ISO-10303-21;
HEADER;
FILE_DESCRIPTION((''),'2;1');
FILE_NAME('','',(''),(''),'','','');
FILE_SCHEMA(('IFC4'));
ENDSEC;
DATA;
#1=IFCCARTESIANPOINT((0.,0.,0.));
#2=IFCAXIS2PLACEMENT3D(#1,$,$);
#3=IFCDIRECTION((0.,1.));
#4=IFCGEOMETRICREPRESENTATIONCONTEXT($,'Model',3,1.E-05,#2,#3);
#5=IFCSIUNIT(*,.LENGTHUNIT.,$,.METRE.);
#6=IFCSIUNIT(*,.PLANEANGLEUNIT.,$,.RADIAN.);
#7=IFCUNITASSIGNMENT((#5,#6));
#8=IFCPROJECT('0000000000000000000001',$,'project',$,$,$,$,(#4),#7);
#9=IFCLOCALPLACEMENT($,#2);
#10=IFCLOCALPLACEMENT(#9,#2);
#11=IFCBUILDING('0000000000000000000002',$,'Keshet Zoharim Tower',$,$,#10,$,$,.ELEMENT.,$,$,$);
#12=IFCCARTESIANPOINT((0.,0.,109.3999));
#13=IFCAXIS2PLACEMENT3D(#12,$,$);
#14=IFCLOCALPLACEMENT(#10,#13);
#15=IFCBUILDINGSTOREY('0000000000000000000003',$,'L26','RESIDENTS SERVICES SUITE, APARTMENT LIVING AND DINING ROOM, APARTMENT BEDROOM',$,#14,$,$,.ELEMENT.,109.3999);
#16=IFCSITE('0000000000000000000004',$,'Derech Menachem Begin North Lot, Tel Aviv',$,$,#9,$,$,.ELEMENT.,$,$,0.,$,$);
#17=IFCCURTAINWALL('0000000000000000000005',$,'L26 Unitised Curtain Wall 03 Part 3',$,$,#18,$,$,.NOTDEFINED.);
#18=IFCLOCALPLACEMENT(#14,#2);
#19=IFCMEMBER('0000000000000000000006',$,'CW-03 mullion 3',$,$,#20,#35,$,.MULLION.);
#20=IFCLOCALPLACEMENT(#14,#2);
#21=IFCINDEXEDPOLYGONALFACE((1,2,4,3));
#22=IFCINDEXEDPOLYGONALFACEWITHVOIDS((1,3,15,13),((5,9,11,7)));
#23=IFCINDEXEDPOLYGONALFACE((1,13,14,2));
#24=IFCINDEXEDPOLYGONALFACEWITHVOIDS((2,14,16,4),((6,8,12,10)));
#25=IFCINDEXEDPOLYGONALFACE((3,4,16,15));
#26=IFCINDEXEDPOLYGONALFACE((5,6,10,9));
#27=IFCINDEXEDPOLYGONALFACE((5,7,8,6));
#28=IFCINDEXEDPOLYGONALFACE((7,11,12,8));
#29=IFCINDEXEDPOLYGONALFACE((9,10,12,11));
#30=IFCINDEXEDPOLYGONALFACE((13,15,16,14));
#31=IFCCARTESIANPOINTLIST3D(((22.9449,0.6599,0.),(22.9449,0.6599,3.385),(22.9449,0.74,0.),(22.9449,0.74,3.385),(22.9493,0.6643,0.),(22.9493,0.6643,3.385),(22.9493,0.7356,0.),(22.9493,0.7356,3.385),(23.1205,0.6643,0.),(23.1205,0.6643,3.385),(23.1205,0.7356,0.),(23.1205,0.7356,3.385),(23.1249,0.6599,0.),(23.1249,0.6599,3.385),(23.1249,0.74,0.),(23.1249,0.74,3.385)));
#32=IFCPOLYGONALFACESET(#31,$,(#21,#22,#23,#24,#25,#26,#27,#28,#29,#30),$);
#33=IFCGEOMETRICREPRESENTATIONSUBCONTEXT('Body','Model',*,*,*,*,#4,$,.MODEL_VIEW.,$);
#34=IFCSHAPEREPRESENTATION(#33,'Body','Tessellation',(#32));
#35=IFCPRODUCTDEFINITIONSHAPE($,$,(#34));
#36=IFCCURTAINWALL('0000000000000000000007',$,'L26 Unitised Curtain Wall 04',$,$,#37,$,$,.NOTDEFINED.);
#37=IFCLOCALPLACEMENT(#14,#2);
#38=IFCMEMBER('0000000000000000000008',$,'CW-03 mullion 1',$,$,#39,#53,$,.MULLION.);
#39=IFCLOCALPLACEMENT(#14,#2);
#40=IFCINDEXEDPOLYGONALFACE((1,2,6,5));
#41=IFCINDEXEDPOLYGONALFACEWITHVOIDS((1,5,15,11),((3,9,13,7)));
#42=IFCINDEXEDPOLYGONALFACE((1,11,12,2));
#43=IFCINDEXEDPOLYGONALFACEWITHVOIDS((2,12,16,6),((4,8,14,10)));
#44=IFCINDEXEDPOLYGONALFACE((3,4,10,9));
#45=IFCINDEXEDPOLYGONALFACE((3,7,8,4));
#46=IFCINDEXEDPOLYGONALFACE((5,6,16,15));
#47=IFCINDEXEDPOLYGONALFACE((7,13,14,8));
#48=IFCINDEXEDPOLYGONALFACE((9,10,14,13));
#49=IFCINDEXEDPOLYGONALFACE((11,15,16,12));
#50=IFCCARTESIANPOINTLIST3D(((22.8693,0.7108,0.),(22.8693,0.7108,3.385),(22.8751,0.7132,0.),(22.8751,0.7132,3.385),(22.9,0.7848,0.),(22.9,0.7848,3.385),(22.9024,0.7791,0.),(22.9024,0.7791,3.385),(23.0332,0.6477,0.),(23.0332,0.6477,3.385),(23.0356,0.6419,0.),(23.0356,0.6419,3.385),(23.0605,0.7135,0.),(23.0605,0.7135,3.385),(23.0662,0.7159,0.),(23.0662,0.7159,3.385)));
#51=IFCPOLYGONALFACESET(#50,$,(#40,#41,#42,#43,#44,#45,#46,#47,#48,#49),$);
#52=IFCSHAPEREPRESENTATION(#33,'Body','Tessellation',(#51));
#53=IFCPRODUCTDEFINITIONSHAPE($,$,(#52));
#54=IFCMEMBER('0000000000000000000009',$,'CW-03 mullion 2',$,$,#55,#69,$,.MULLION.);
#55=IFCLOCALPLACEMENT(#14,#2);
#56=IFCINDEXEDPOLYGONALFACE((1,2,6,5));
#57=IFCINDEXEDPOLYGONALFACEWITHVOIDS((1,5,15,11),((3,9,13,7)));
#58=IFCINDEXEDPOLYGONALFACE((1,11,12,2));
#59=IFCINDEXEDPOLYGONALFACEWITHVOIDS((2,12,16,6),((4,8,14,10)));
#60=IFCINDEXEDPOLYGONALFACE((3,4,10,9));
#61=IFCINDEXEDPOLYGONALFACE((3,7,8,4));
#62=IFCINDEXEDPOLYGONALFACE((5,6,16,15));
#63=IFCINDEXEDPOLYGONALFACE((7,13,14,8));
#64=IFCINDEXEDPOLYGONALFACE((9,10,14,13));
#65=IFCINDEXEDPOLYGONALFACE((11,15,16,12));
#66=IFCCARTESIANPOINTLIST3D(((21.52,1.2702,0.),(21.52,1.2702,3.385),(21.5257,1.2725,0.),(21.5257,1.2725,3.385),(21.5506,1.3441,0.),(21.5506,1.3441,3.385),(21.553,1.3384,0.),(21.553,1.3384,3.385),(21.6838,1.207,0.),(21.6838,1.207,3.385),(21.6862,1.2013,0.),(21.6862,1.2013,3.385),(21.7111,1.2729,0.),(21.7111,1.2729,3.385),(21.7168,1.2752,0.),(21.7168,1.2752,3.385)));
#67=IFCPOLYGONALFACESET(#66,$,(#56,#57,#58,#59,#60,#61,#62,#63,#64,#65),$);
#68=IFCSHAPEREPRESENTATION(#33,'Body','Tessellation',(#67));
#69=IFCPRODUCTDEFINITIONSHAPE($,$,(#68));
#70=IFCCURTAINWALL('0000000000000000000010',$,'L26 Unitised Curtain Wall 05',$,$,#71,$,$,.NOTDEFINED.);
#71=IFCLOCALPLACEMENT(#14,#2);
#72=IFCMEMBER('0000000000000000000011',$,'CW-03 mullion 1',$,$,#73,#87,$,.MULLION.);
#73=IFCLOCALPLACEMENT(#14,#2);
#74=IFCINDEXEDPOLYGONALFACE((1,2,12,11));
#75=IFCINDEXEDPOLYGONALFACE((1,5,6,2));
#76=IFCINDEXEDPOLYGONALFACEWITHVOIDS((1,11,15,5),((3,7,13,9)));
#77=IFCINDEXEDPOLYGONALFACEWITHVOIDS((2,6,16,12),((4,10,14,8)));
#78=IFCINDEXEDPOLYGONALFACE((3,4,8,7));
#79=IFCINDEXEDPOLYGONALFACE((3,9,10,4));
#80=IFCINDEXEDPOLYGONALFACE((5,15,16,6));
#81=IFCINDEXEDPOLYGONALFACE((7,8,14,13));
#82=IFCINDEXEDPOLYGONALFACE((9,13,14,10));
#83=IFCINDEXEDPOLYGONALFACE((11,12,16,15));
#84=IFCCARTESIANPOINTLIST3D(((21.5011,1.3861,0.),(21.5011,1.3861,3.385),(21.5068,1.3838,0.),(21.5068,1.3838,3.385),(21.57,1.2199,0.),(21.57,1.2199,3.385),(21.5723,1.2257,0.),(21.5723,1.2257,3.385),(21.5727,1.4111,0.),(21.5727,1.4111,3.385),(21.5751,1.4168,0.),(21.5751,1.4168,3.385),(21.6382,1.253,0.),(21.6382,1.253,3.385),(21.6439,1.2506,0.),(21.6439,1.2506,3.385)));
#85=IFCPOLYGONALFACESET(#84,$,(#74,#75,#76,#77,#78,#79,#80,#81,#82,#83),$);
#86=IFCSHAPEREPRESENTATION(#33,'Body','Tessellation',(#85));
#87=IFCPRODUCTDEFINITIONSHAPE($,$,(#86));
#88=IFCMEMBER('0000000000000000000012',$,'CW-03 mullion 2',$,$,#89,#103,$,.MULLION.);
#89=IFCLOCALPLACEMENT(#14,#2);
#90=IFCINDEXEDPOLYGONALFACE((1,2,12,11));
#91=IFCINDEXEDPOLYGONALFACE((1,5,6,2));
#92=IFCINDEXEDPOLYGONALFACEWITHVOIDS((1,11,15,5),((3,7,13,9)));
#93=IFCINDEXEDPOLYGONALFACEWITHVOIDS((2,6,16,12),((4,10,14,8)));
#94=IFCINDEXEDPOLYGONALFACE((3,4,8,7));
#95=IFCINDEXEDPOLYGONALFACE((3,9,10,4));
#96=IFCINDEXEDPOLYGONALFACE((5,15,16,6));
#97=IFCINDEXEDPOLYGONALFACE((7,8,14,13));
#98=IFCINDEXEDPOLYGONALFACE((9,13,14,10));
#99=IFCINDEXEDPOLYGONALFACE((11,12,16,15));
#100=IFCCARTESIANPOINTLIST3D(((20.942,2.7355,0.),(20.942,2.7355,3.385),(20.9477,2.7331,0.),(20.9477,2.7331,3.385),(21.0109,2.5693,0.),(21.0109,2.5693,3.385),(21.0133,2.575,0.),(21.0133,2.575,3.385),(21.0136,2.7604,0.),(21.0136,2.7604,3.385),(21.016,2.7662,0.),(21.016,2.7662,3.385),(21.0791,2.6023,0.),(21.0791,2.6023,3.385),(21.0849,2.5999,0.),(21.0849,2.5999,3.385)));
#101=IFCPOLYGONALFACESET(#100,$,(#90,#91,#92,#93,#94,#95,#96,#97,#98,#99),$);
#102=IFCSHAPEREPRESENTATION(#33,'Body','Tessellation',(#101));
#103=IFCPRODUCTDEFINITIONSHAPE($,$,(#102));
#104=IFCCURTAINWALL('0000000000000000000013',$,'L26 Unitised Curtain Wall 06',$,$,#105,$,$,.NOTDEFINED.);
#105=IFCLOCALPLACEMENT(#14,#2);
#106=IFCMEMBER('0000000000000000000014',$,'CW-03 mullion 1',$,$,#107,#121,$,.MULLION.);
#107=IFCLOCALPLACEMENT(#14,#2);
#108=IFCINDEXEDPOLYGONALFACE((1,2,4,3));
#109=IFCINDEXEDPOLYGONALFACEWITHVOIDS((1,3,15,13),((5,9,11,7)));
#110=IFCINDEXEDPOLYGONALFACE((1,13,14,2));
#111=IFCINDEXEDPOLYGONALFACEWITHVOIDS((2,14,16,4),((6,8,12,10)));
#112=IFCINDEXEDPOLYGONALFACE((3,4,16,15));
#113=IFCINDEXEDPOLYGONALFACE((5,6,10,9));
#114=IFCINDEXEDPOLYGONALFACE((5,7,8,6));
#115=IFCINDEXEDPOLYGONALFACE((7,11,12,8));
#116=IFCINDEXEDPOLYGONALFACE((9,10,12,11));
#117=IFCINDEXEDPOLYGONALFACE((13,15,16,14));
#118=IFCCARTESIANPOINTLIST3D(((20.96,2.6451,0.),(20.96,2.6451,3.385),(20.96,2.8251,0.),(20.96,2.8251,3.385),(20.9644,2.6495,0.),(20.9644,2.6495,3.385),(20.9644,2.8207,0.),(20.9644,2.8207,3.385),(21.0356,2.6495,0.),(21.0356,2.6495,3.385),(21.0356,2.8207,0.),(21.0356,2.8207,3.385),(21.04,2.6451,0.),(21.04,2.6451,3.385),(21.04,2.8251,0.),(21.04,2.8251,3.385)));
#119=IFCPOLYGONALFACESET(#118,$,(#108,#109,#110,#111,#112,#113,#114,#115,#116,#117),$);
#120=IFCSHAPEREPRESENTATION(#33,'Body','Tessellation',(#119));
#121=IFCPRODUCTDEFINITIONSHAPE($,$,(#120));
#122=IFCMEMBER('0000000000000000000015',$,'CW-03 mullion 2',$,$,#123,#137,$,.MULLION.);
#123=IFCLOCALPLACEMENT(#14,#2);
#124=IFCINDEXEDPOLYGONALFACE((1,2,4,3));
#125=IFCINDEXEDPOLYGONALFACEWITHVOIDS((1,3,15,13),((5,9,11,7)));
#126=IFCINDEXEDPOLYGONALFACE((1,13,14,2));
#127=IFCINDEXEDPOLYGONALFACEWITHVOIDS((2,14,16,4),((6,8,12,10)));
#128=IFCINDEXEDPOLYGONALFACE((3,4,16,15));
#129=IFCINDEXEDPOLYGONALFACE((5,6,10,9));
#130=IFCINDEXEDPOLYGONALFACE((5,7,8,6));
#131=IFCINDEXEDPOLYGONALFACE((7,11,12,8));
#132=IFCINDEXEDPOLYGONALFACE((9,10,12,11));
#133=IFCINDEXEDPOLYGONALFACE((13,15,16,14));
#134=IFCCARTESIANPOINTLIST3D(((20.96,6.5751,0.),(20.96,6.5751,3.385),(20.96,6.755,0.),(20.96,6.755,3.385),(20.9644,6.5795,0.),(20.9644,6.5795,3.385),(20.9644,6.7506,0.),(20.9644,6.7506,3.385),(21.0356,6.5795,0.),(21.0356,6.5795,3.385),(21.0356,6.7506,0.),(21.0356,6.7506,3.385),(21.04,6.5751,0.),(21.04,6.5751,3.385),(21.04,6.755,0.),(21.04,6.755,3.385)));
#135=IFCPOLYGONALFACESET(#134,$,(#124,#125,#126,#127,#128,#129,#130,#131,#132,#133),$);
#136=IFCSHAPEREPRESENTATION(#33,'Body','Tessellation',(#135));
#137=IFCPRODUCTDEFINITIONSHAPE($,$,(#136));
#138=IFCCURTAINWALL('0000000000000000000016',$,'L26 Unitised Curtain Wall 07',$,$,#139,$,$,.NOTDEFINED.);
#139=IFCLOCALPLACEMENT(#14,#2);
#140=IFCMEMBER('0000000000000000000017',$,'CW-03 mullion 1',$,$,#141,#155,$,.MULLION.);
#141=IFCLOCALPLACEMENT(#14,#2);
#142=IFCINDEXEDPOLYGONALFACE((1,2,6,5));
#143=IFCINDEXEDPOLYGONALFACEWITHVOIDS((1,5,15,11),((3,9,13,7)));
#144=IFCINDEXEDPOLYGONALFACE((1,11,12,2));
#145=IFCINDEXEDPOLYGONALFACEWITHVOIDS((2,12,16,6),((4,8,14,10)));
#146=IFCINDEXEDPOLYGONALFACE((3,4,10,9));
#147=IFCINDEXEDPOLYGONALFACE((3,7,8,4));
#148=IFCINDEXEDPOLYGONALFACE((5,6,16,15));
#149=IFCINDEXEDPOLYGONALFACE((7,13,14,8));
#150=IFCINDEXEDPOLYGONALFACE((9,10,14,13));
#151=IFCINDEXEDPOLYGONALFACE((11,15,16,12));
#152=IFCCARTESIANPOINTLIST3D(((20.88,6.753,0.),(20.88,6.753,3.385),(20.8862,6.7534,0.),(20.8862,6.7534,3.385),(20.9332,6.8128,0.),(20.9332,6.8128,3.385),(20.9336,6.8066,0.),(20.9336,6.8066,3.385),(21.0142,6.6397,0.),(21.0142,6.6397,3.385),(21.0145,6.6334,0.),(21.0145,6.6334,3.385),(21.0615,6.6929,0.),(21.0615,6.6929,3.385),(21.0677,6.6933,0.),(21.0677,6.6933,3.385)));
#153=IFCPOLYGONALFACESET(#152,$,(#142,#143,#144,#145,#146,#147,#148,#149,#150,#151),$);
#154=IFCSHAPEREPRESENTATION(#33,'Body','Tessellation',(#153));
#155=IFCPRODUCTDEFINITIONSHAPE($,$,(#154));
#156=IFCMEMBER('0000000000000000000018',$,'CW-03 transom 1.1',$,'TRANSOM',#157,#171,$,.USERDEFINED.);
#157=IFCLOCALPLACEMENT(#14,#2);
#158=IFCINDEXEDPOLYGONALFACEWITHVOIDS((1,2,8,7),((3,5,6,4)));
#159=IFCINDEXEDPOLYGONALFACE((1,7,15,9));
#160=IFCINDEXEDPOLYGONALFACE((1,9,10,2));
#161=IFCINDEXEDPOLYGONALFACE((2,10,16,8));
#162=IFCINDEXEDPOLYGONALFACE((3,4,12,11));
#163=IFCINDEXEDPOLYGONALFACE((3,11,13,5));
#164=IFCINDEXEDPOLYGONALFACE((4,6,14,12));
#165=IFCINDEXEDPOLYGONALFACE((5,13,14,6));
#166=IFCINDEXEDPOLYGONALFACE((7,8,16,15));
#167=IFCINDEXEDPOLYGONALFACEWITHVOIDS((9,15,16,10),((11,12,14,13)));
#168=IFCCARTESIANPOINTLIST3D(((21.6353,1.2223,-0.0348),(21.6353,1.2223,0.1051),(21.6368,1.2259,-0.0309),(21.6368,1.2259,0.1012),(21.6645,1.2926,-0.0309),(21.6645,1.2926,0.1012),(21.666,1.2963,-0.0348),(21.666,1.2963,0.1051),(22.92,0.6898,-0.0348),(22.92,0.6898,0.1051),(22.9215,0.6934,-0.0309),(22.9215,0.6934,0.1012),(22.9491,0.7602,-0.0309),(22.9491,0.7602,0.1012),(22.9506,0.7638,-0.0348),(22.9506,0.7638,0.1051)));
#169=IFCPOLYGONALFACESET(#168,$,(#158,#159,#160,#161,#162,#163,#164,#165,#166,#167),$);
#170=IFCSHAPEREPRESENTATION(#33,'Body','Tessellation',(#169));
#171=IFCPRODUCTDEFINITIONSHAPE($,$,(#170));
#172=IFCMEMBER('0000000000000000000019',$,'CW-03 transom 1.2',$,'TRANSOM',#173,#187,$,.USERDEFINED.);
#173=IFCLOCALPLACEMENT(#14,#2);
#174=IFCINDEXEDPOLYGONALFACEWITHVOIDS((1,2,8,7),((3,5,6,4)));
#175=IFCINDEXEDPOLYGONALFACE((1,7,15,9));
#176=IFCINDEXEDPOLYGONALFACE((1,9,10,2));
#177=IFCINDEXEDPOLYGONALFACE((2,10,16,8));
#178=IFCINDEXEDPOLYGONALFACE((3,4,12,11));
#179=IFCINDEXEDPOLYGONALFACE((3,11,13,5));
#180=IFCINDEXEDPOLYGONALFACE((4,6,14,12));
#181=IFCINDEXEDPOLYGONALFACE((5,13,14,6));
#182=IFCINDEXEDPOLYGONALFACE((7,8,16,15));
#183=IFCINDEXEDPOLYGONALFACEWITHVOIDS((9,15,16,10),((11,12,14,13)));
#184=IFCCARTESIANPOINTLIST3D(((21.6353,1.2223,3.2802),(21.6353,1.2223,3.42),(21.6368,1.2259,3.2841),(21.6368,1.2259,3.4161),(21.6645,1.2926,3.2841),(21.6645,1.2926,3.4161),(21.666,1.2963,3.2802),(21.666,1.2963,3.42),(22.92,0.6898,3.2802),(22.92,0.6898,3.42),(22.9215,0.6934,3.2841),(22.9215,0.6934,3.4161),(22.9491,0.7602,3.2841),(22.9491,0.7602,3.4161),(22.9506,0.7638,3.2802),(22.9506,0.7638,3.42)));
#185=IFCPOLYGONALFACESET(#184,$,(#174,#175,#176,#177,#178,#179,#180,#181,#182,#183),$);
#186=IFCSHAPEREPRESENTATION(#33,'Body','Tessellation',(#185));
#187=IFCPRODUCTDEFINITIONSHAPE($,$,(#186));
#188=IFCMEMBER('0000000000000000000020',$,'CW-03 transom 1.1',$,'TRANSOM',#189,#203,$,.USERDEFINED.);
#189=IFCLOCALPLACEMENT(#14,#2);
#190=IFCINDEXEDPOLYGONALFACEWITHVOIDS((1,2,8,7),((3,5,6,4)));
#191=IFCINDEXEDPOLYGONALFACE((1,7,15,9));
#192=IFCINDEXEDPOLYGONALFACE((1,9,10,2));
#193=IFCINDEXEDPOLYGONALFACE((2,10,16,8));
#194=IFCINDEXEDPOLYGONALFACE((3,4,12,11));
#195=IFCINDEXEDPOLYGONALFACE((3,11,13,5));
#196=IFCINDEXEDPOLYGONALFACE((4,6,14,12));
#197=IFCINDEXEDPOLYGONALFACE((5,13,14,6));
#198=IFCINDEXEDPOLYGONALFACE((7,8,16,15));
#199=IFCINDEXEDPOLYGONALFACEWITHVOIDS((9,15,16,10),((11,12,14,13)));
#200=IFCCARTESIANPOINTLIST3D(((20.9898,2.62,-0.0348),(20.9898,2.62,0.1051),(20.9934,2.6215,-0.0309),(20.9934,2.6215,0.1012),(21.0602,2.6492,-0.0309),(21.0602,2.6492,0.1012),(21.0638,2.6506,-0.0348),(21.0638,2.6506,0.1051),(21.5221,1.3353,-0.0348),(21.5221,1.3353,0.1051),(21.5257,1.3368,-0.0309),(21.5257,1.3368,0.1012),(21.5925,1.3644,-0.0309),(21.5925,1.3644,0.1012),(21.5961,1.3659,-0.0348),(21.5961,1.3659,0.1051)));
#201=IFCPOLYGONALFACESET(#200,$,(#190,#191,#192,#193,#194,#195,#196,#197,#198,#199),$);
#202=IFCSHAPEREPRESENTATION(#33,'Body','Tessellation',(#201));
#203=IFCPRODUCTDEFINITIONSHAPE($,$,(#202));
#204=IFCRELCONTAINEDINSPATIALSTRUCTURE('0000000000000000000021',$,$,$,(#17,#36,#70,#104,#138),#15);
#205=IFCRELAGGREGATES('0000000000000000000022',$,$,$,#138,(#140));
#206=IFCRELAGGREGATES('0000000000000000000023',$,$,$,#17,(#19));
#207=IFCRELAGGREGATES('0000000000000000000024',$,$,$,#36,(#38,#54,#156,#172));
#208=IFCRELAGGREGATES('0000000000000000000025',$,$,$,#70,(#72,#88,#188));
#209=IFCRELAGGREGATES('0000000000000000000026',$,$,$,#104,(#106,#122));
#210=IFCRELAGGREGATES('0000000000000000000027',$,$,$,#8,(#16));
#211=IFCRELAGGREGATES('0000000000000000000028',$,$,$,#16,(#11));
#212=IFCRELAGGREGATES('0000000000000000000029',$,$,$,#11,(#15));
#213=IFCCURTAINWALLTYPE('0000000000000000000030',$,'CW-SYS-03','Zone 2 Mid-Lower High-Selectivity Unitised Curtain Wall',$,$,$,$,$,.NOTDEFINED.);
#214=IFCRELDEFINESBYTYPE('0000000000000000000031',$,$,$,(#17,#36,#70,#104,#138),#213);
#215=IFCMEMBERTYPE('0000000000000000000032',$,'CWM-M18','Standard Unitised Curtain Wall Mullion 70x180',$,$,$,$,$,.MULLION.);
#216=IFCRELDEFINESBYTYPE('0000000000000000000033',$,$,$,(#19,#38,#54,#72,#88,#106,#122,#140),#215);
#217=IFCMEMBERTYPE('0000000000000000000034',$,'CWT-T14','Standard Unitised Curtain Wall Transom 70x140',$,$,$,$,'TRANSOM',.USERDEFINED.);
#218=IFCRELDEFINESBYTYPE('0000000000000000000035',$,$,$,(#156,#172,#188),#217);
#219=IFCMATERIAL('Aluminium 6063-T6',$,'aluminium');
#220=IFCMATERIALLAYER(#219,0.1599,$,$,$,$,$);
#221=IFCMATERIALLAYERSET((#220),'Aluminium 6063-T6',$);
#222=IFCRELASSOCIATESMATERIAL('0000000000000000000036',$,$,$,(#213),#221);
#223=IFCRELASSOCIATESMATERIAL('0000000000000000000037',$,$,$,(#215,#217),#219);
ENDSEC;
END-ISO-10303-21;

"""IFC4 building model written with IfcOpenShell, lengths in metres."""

from ifc_helpers import new_model, si_unit, direction, frame, origin, origin_2d, place, context, subcontext, project, spatial, hollow_rectangle, extrude, material, layer, layer_set, material_profile, profile_set, type_object, element, aggregate, save


model = new_model("IFC4")

# Units and contexts
model_context = context("Model", 3, precision=1e-05, world=origin(), true_north=direction((0.0, 1.0)))
body_context = subcontext(model_context, "Body", "Model", "MODEL_VIEW")
ifc_project = project(units=[si_unit("LENGTHUNIT", "METRE"), si_unit("PLANEANGLEUNIT", "RADIAN")], contexts=[model_context])

# Site, building, storey
site_placement = place(None, origin())
site = spatial("IfcSite", under=ifc_project, at=site_placement, Name="Derech Menachem Begin North Lot, Tel Aviv", CompositionType="ELEMENT", RefElevation=0.0)
building_placement = place(site_placement, origin())
building = spatial("IfcBuilding", under=site, at=building_placement, Name="Keshet Zoharim Tower", CompositionType="ELEMENT")
storey_placement = place(building_placement, frame((0.0, 0.0, 109.3999)))
storey = spatial("IfcBuildingStorey", under=building, at=storey_placement, Name="L26", Description="RESIDENTS SERVICES SUITE, APARTMENT LIVING AND DINING ROOM, APARTMENT BEDROOM", CompositionType="ELEMENT", Elevation=109.3999)

# Curtain wall, member
ifc_material_1 = material(Name="Aluminium 6063-T6", Category="aluminium")
ifc_layer_1 = layer(ifc_material_1, 0.1599)
ifc_layer_set_1 = layer_set([ifc_layer_1], Name="Aluminium 6063-T6")
curtain_wall_type = type_object("IfcCurtainWallType", Name="CW-SYS-03", Description="Zone 2 Mid-Lower High-Selectivity Unitised Curtain Wall", PredefinedType="NOTDEFINED", material=ifc_layer_set_1)
curtain_wall_1_placement = place(storey_placement, origin())
curtain_wall_1 = element("IfcCurtainWall", 1, at=curtain_wall_1_placement, inside=storey, type_object=curtain_wall_type, Name="L26 Unitised Curtain Wall 03 Part 3", PredefinedType="NOTDEFINED")
ifc_material_profile_1 = material_profile(ifc_material_1, hollow_rectangle(XDim=0.0801, YDim=0.1799, WallThickness=0.0044, at=origin_2d()), Name="MUL-80x180")
ifc_profile_set_1 = profile_set([ifc_material_profile_1], Name="Aluminium 6063-T6")
member_type_1 = type_object("IfcMemberType", Name="CWM-M18", Description="Standard Unitised Curtain Wall Mullion 70x180", PredefinedType="MULLION", material=ifc_profile_set_1)
member_1_placement = place(storey_placement, frame((23.0349, 0.7, 0.0), z_axis=(0.0, 0.0, 1.0), x_axis=(0.0, -1.0, 0.0)))
member_1 = element("IfcMember", 2, at=member_1_placement, type_object=member_type_1, Name="CW-03 mullion 3", PredefinedType="MULLION", context=body_context, shape_type="SweptSolid", body=[
    extrude(hollow_rectangle(XDim=0.0801, YDim=0.1799, WallThickness=0.0044, at=origin_2d()), origin(), (0.0, 0.0, 1.0), 3.385),
])

# Curtain walls, members
curtain_wall_2_placement = place(storey_placement, origin())
curtain_wall_2 = element("IfcCurtainWall", 3, at=curtain_wall_2_placement, inside=storey, type_object=curtain_wall_type, Name="L26 Unitised Curtain Wall 04", PredefinedType="NOTDEFINED")
member_2_placement = place(storey_placement, frame((22.9678, 0.7134, 0.0), z_axis=(0.0, 0.0, 1.0), x_axis=(-0.382852, -0.92381, 0.0)))
member_2 = element("IfcMember", 4, at=member_2_placement, type_object=member_type_1, Name="CW-03 mullion 1", PredefinedType="MULLION", context=body_context, shape_type="SweptSolid", body=[
    extrude(hollow_rectangle(XDim=0.0801, YDim=0.1799, WallThickness=0.0044, at=origin_2d()), origin(), (0.0, 0.0, 1.0), 3.385),
])
member_3_placement = place(storey_placement, frame((21.6184, 1.2727, 0.0), z_axis=(0.0, 0.0, 1.0), x_axis=(-0.382852, -0.92381, 0.0)))
member_3 = element("IfcMember", 5, at=member_3_placement, type_object=member_type_1, Name="CW-03 mullion 2", PredefinedType="MULLION", context=body_context, shape_type="SweptSolid", body=[
    extrude(hollow_rectangle(XDim=0.0801, YDim=0.1799, WallThickness=0.0044, at=origin_2d()), origin(), (0.0, 0.0, 1.0), 3.385),
])
curtain_wall_3_placement = place(storey_placement, origin())
curtain_wall_3 = element("IfcCurtainWall", 6, at=curtain_wall_3_placement, inside=storey, type_object=curtain_wall_type, Name="L26 Unitised Curtain Wall 05", PredefinedType="NOTDEFINED")
member_4_placement = place(storey_placement, frame((21.5725, 1.3184, 0.0), z_axis=(0.0, 0.0, 1.0), x_axis=(-0.92381, -0.382852, 0.0)))
member_4 = element("IfcMember", 7, at=member_4_placement, type_object=member_type_1, Name="CW-03 mullion 1", PredefinedType="MULLION", context=body_context, shape_type="SweptSolid", body=[
    extrude(hollow_rectangle(XDim=0.0801, YDim=0.1799, WallThickness=0.0044, at=origin_2d()), origin(), (0.0, 0.0, 1.0), 3.385),
])
member_5_placement = place(storey_placement, frame((21.0134, 2.6677, 0.0), z_axis=(0.0, 0.0, 1.0), x_axis=(-0.92381, -0.382852, 0.0)))
member_5 = element("IfcMember", 8, at=member_5_placement, type_object=member_type_1, Name="CW-03 mullion 2", PredefinedType="MULLION", context=body_context, shape_type="SweptSolid", body=[
    extrude(hollow_rectangle(XDim=0.0801, YDim=0.1799, WallThickness=0.0044, at=origin_2d()), origin(), (0.0, 0.0, 1.0), 3.385),
])
curtain_wall_4_placement = place(storey_placement, origin())
curtain_wall_4 = element("IfcCurtainWall", 9, at=curtain_wall_4_placement, inside=storey, type_object=curtain_wall_type, Name="L26 Unitised Curtain Wall 06", PredefinedType="NOTDEFINED")
member_6_placement = place(storey_placement, frame((21.0, 2.7351, 0.0), z_axis=(0.0, 0.0, 1.0), x_axis=(-1.0, 0.0, 0.0)))
member_6 = element("IfcMember", 10, at=member_6_placement, type_object=member_type_1, Name="CW-03 mullion 1", PredefinedType="MULLION", context=body_context, shape_type="SweptSolid", body=[
    extrude(hollow_rectangle(XDim=0.0801, YDim=0.1799, WallThickness=0.0044, at=origin_2d()), origin(), (0.0, 0.0, 1.0), 3.385),
])
member_7_placement = place(storey_placement, frame((21.0, 6.665, 0.0), z_axis=(0.0, 0.0, 1.0), x_axis=(-1.0, 0.0, 0.0)))
member_7 = element("IfcMember", 11, at=member_7_placement, type_object=member_type_1, Name="CW-03 mullion 2", PredefinedType="MULLION", context=body_context, shape_type="SweptSolid", body=[
    extrude(hollow_rectangle(XDim=0.0801, YDim=0.1799, WallThickness=0.0044, at=origin_2d()), origin(), (0.0, 0.0, 1.0), 3.385),
])

# Curtain wall, member
curtain_wall_5_placement = place(storey_placement, origin())
curtain_wall_5 = element("IfcCurtainWall", 12, at=curtain_wall_5_placement, inside=storey, type_object=curtain_wall_type, Name="L26 Unitised Curtain Wall 07", PredefinedType="NOTDEFINED")
member_8_placement = place(storey_placement, frame((20.9739, 6.7231, 0.0), z_axis=(0.0, 0.0, 1.0), x_axis=(-0.664389, -0.747387, 0.0)))
member_8 = element("IfcMember", 13, at=member_8_placement, type_object=member_type_1, Name="CW-03 mullion 1", PredefinedType="MULLION", context=body_context, shape_type="SweptSolid", body=[
    extrude(hollow_rectangle(XDim=0.0801, YDim=0.1799, WallThickness=0.0044, at=origin_2d()), origin(), (0.0, 0.0, 1.0), 3.385),
])

# Members
ifc_material_profile_2 = material_profile(ifc_material_1, hollow_rectangle(XDim=0.0801, YDim=0.1399, WallThickness=0.0039, at=origin_2d()), Name="TRN-80x140")
ifc_profile_set_2 = profile_set([ifc_material_profile_2], Name="Aluminium 6063-T6")
member_type_2 = type_object("IfcMemberType", Name="CWT-T14", Description="Standard Unitised Curtain Wall Transom 70x140", ElementType="TRANSOM", PredefinedType="USERDEFINED", material=ifc_profile_set_2)
member_9_placement = place(storey_placement, frame((22.9353, 0.7268, 0.0352), z_axis=(-0.923792, 0.382894, 0.0), x_axis=(-0.382894, -0.923792, 0.0)))
member_9 = element("IfcMember", 14, at=member_9_placement, type_object=member_type_2, Name="CW-03 transom 1.1", ObjectType="TRANSOM", PredefinedType="USERDEFINED", context=body_context, shape_type="SweptSolid", body=[
    extrude(hollow_rectangle(XDim=0.0801, YDim=0.1399, WallThickness=0.0039, at=origin_2d()), origin(), (0.0, 0.0, 1.0), 1.3906),
])
member_10_placement = place(storey_placement, frame((22.9353, 0.7268, 3.3501), z_axis=(-0.923792, 0.382894, 0.0), x_axis=(-0.382894, -0.923792, 0.0)))
member_10 = element("IfcMember", 15, at=member_10_placement, type_object=member_type_2, Name="CW-03 transom 1.2", ObjectType="TRANSOM", PredefinedType="USERDEFINED", context=body_context, shape_type="SweptSolid", body=[
    extrude(hollow_rectangle(XDim=0.0801, YDim=0.1399, WallThickness=0.0039, at=origin_2d()), origin(), (0.0, 0.0, 1.0), 1.3906),
])
member_11_placement = place(storey_placement, frame((21.5591, 1.3506, 0.0352), z_axis=(-0.382745, 0.923854, 0.0), x_axis=(-0.923854, -0.382745, 0.0)))
member_11 = element("IfcMember", 16, at=member_11_placement, type_object=member_type_2, Name="CW-03 transom 1.1", ObjectType="TRANSOM", PredefinedType="USERDEFINED", context=body_context, shape_type="SweptSolid", body=[
    extrude(hollow_rectangle(XDim=0.0801, YDim=0.1399, WallThickness=0.0039, at=origin_2d()), origin(), (0.0, 0.0, 1.0), 1.3906),
])
aggregate(curtain_wall_5, [member_8])

aggregate(curtain_wall_1, [member_1])
aggregate(curtain_wall_2, [member_2, member_3, member_9, member_10])
aggregate(curtain_wall_3, [member_4, member_5, member_11])
aggregate(curtain_wall_4, [member_6, member_7])

save(model, "model.ifc")
